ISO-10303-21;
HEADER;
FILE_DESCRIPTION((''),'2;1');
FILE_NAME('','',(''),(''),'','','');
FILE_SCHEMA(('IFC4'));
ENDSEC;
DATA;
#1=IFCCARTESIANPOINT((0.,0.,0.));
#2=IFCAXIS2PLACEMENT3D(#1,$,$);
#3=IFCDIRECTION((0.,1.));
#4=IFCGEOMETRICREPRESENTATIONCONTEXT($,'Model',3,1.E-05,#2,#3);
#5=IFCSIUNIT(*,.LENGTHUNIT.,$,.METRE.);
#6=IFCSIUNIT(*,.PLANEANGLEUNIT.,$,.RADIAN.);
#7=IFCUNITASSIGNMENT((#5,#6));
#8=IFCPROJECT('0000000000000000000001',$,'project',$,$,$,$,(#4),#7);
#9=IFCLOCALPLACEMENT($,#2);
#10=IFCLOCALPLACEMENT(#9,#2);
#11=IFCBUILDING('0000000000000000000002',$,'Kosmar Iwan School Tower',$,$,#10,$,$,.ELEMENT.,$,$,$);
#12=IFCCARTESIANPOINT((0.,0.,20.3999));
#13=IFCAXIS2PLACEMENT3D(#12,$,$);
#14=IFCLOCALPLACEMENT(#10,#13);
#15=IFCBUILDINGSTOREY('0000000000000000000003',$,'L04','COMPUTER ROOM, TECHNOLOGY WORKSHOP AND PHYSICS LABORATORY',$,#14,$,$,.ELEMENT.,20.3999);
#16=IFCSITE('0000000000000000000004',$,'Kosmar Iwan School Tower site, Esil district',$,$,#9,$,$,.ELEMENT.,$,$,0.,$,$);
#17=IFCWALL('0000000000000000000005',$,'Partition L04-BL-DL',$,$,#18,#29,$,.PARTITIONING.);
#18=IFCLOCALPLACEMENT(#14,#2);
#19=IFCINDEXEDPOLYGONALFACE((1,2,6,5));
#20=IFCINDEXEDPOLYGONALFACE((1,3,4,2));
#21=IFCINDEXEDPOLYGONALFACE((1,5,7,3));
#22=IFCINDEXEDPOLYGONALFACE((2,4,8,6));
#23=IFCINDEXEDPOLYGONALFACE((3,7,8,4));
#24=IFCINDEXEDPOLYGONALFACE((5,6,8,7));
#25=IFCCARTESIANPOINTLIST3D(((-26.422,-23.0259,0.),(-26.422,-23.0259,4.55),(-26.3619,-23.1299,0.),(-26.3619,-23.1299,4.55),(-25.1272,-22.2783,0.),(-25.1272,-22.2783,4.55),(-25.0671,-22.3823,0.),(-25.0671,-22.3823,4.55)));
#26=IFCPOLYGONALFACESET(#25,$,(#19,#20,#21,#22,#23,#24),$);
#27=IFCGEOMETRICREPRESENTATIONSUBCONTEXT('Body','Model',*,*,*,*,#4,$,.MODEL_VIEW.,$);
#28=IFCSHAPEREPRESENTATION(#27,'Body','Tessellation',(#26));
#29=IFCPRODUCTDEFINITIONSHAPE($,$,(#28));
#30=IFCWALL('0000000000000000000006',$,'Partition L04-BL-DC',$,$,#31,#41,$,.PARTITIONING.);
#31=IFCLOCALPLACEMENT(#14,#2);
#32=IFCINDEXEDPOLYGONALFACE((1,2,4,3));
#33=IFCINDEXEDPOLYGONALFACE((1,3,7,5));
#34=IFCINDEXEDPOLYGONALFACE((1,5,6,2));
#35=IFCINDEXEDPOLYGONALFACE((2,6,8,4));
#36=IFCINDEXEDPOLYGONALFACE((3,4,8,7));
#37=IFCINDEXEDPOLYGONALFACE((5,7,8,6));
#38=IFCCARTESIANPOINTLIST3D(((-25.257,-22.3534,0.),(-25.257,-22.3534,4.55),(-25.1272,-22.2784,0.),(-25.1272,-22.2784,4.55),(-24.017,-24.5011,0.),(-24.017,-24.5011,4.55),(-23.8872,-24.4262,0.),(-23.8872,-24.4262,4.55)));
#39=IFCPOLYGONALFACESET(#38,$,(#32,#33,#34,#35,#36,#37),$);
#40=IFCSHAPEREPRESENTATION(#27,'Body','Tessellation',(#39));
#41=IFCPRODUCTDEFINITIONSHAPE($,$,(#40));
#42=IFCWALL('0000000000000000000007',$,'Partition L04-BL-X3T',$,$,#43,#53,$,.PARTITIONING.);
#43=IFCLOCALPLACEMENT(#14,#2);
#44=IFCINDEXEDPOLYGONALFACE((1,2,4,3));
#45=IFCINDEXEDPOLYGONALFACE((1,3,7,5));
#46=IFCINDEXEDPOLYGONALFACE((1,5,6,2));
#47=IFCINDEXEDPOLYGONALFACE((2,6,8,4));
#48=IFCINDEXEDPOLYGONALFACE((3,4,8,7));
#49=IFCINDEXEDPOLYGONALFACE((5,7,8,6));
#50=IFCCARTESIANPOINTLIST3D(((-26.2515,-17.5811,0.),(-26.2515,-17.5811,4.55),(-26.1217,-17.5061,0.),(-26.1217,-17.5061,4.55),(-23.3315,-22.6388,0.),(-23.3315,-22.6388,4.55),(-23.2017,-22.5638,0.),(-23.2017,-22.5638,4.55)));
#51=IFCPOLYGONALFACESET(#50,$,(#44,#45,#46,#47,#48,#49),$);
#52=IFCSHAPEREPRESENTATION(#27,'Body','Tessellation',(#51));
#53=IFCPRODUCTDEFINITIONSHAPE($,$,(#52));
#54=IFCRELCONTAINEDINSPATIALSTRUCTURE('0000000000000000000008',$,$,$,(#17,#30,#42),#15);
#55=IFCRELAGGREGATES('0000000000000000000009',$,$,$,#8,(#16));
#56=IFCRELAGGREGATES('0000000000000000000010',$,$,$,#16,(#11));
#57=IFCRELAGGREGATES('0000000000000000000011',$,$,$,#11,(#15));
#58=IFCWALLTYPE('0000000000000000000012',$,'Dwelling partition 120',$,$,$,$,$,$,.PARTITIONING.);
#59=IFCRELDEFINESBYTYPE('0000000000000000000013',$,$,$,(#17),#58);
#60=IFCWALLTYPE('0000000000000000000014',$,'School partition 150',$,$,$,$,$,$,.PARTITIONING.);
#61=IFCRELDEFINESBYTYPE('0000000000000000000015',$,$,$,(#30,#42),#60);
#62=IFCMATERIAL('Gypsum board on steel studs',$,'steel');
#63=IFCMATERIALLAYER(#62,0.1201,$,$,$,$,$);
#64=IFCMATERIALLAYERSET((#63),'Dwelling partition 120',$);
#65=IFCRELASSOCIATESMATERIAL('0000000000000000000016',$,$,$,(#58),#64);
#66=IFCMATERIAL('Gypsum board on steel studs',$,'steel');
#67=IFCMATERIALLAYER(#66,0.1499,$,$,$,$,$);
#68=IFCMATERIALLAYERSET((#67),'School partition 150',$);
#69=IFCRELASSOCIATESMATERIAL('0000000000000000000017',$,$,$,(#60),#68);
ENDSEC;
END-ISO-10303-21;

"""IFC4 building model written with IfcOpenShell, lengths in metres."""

from ifc_helpers import new_model, si_unit, direction, frame, frame_2d, origin, place, context, subcontext, project, spatial, rectangle, extrude, material, layer, layer_set, type_object, element, save


model = new_model("IFC4")

# Units and contexts
model_context = context("Model", 3, precision=1e-05, world=origin(), true_north=direction((0.0, 1.0)))
body_context = subcontext(model_context, "Body", "Model", "MODEL_VIEW")
ifc_project = project(units=[si_unit("LENGTHUNIT", "METRE"), si_unit("PLANEANGLEUNIT", "RADIAN")], contexts=[model_context])

# Site, building, storey
site_placement = place(None, origin())
site = spatial("IfcSite", under=ifc_project, at=site_placement, Name="Kosmar Iwan School Tower site, Esil district", CompositionType="ELEMENT", RefElevation=0.0)
building_placement = place(site_placement, origin())
building = spatial("IfcBuilding", under=site, at=building_placement, Name="Kosmar Iwan School Tower", CompositionType="ELEMENT")
storey_placement = place(building_placement, frame((0.0, 0.0, 20.3999)))
storey = spatial("IfcBuildingStorey", under=building, at=storey_placement, Name="L04", Description="COMPUTER ROOM, TECHNOLOGY WORKSHOP AND PHYSICS LABORATORY", CompositionType="ELEMENT", Elevation=20.3999)

# Walls
ifc_material_1 = material(Name="Gypsum board on steel studs", Category="steel")
ifc_layer_1 = layer(ifc_material_1, 0.1201)
ifc_layer_set_1 = layer_set([ifc_layer_1], Name="Dwelling partition 120")
wall_type_1 = type_object("IfcWallType", Name="Dwelling partition 120", PredefinedType="PARTITIONING", material=ifc_layer_set_1)
wall_1_placement = place(storey_placement, frame((-25.0972, -22.3303, 0.0), z_axis=(0.0, 0.0, 1.0), x_axis=(-0.866003, -0.500038, 0.0)))
element("IfcWall", 1, at=wall_1_placement, inside=storey, type_object=wall_type_1, Name="Partition L04-BL-DL", PredefinedType="PARTITIONING", context=body_context, shape_type="SweptSolid", body=[
    extrude(rectangle(XDim=1.4951, YDim=0.1201, at=frame_2d((0.7476, 0.0))), origin(), (0.0, 0.0, 1.0), 4.55),
])
ifc_material_2 = material(Name="Gypsum board on steel studs", Category="steel")
ifc_layer_2 = layer(ifc_material_2, 0.1499)
ifc_layer_set_2 = layer_set([ifc_layer_2], Name="School partition 150")
wall_type_2 = type_object("IfcWallType", Name="School partition 150", PredefinedType="PARTITIONING", material=ifc_layer_set_2)
wall_2_placement = place(storey_placement, frame((-25.1921, -22.3159, 0.0), z_axis=(0.0, 0.0, 1.0), x_axis=(0.500004, -0.866023, 0.0)))
element("IfcWall", 2, at=wall_2_placement, inside=storey, type_object=wall_type_2, Name="Partition L04-BL-DC", PredefinedType="PARTITIONING", context=body_context, shape_type="SweptSolid", body=[
    extrude(rectangle(XDim=2.48, YDim=0.1499, at=frame_2d((1.24, 0.0))), origin(), (0.0, 0.0, 1.0), 4.55),
])
wall_3_placement = place(storey_placement, frame((-26.1865, -17.5437, 0.0), z_axis=(0.0, 0.0, 1.0), x_axis=(0.499988, -0.866032, 0.0)))
element("IfcWall", 3, at=wall_3_placement, inside=storey, type_object=wall_type_2, Name="Partition L04-BL-X3T", PredefinedType="PARTITIONING", context=body_context, shape_type="SweptSolid", body=[
    extrude(rectangle(XDim=5.8401, YDim=0.1499, at=frame_2d((2.9199, 0.0))), origin(), (0.0, 0.0, 1.0), 4.55),
])

save(model, "model.ifc")
